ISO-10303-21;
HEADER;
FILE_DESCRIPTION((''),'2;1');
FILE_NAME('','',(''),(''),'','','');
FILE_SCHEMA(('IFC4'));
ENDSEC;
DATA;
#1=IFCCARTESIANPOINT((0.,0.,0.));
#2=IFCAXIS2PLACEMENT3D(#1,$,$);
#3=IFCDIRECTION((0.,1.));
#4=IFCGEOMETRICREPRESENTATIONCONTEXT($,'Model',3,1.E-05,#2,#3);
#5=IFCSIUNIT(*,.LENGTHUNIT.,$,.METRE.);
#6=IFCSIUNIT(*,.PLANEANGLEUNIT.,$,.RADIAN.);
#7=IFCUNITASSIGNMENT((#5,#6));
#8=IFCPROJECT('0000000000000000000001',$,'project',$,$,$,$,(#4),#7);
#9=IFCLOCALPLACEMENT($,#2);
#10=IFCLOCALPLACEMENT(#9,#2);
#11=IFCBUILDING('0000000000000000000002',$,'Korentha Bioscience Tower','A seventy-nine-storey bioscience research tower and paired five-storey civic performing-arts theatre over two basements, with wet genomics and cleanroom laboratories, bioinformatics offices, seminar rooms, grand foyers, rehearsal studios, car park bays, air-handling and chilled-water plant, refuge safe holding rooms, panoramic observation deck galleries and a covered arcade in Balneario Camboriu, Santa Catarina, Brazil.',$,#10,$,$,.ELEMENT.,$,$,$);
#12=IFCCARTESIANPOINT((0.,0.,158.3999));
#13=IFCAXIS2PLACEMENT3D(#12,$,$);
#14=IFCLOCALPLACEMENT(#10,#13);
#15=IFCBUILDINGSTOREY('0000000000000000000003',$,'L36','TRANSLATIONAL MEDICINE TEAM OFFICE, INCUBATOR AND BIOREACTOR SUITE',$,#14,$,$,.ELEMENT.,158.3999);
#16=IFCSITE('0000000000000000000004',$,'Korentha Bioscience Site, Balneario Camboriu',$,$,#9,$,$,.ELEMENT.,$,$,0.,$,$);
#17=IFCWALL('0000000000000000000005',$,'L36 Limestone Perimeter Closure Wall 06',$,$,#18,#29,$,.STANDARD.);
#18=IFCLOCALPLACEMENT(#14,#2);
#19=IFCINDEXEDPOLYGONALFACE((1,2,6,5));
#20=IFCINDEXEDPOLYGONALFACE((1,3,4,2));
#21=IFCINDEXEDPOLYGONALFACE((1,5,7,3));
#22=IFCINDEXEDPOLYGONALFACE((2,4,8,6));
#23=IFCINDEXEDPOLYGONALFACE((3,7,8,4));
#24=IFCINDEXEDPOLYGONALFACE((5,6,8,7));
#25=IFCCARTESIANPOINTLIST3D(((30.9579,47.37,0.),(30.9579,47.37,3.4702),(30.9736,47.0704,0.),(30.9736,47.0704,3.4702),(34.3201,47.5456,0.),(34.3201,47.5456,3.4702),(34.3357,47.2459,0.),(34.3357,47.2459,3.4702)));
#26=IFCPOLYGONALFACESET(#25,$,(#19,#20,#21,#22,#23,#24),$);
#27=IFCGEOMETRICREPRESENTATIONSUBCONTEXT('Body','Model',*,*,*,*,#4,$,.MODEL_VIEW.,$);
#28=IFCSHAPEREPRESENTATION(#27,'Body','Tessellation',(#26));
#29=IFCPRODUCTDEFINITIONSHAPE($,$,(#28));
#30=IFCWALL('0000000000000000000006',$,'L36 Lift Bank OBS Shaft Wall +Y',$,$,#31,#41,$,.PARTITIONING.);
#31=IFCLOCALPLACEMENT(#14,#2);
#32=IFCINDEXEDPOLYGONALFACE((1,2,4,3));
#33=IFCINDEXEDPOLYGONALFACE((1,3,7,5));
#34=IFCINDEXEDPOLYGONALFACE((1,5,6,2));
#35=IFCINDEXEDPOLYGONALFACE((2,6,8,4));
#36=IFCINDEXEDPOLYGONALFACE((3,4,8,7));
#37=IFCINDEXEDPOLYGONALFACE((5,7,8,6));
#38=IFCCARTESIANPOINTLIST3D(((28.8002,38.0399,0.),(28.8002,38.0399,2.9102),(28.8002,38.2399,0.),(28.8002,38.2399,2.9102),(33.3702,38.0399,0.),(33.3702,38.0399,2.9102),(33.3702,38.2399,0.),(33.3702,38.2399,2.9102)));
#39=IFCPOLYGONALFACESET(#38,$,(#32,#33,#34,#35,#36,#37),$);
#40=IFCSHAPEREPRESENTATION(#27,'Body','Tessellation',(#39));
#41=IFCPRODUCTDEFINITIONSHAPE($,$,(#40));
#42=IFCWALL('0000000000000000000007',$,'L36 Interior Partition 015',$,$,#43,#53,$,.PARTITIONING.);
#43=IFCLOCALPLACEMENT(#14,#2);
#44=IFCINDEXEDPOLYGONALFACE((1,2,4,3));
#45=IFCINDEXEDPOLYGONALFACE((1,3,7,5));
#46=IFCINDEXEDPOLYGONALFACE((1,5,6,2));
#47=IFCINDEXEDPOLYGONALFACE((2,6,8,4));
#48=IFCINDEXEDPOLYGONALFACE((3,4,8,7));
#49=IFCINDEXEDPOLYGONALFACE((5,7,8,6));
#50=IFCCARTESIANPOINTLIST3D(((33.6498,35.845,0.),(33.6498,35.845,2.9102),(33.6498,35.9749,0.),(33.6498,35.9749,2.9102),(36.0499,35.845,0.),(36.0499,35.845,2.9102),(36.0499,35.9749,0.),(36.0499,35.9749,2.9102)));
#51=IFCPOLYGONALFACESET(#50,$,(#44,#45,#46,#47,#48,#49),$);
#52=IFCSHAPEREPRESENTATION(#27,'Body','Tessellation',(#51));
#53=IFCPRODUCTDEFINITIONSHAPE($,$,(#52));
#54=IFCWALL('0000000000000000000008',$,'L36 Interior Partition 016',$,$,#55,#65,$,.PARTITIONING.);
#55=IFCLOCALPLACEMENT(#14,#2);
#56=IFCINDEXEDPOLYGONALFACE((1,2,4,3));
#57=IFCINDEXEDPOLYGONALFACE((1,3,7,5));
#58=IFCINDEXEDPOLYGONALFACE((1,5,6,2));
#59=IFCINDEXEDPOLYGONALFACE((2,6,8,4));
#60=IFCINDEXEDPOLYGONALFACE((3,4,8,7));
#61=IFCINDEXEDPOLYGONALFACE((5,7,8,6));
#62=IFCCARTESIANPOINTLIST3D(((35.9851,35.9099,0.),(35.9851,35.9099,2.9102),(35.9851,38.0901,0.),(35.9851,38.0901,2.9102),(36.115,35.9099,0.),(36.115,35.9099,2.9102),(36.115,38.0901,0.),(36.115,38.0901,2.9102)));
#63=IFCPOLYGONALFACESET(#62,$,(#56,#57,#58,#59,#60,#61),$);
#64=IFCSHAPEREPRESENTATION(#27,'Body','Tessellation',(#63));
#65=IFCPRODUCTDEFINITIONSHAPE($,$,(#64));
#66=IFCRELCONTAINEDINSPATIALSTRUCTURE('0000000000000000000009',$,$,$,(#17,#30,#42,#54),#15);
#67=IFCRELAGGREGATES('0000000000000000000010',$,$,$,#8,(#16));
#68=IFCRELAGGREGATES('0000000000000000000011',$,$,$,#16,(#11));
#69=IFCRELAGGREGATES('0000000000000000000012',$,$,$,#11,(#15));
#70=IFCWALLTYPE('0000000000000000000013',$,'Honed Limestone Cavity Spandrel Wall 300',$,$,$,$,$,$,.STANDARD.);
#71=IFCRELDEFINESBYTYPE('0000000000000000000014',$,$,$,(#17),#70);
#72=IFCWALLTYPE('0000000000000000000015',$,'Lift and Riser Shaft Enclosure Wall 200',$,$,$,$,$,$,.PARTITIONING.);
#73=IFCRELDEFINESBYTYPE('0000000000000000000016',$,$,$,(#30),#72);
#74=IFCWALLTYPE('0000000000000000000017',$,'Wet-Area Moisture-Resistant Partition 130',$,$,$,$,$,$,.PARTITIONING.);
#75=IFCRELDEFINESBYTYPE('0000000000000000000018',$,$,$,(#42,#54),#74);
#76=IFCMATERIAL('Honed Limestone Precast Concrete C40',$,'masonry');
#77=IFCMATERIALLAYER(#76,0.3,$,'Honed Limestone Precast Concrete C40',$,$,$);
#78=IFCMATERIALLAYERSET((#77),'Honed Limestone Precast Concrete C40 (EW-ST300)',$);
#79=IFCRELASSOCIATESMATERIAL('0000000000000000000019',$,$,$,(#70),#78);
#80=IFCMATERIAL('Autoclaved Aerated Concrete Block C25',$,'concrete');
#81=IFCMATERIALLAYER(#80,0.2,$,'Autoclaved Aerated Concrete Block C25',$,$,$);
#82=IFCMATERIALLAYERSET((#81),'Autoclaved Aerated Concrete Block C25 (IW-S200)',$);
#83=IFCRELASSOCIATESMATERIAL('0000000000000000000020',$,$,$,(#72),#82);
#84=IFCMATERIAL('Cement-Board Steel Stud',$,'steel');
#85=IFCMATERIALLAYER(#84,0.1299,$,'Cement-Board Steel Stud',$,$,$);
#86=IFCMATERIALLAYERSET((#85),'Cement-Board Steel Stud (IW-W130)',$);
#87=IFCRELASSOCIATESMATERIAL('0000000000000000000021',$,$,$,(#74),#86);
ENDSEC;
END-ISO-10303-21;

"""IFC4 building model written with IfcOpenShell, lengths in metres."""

from ifc_helpers import new_model, si_unit, direction, frame, frame_2d, origin, place, context, subcontext, project, spatial, rectangle, extrude, material, layer, layer_set, type_object, element, save


model = new_model("IFC4")

# Units and contexts
model_context = context("Model", 3, precision=1e-05, world=origin(), true_north=direction((0.0, 1.0)))
body_context = subcontext(model_context, "Body", "Model", "MODEL_VIEW")
ifc_project = project(units=[si_unit("LENGTHUNIT", "METRE"), si_unit("PLANEANGLEUNIT", "RADIAN")], contexts=[model_context])

# Site, building, storey
site_placement = place(None, origin())
site = spatial("IfcSite", under=ifc_project, at=site_placement, Name="Korentha Bioscience Site, Balneario Camboriu", CompositionType="ELEMENT", RefElevation=0.0)
building_placement = place(site_placement, origin())
building = spatial("IfcBuilding", under=site, at=building_placement, Name="Korentha Bioscience Tower", Description="A seventy-nine-storey bioscience research tower and paired five-storey civic performing-arts theatre over two basements, with wet genomics and cleanroom laboratories, bioinformatics offices, seminar rooms, grand foyers, rehearsal studios, car park bays, air-handling and chilled-water plant, refuge safe holding rooms, panoramic observation deck galleries and a covered arcade in Balneario Camboriu, Santa Catarina, Brazil.", CompositionType="ELEMENT")
storey_placement = place(building_placement, frame((0.0, 0.0, 158.3999)))
storey = spatial("IfcBuildingStorey", under=building, at=storey_placement, Name="L36", Description="TRANSLATIONAL MEDICINE TEAM OFFICE, INCUBATOR AND BIOREACTOR SUITE", CompositionType="ELEMENT", Elevation=158.3999)

# Shared definitions
ifc_material_1 = material(Name="Honed Limestone Precast Concrete C40", Category="masonry")
ifc_layer_1 = layer(ifc_material_1, 0.3, Name="Honed Limestone Precast Concrete C40")
ifc_layer_set_1 = layer_set([ifc_layer_1], Name="Honed Limestone Precast Concrete C40 (EW-ST300)")
wall_type_1 = type_object("IfcWallType", Name="Honed Limestone Cavity Spandrel Wall 300", PredefinedType="STANDARD", material=ifc_layer_set_1)

# Walls
wall_1_placement = place(storey_placement, frame((34.3279, 47.3958, 0.0), z_axis=(0.0, 0.0, 1.0), x_axis=(-0.99864, -0.05214, 0.0)))
element("IfcWall", 1, at=wall_1_placement, inside=storey, type_object=wall_type_1, Name="L36 Limestone Perimeter Closure Wall 06", PredefinedType="STANDARD", context=body_context, shape_type="SweptSolid", body=[
    extrude(rectangle(XDim=3.3667, YDim=0.3, at=frame_2d((1.6833, 0.0))), origin(), (0.0, 0.0, 1.0), 3.4702),
])
ifc_material_2 = material(Name="Autoclaved Aerated Concrete Block C25", Category="concrete")
ifc_layer_2 = layer(ifc_material_2, 0.2, Name="Autoclaved Aerated Concrete Block C25")
ifc_layer_set_2 = layer_set([ifc_layer_2], Name="Autoclaved Aerated Concrete Block C25 (IW-S200)")
wall_type_2 = type_object("IfcWallType", Name="Lift and Riser Shaft Enclosure Wall 200", PredefinedType="PARTITIONING", material=ifc_layer_set_2)
wall_2_placement = place(storey_placement, frame((28.8, 38.1399, 0.0), z_axis=(0.0, 0.0, 1.0), x_axis=(1.0, 0.0, 0.0)))
element("IfcWall", 2, at=wall_2_placement, inside=storey, type_object=wall_type_2, Name="L36 Lift Bank OBS Shaft Wall +Y", PredefinedType="PARTITIONING", context=body_context, shape_type="SweptSolid", body=[
    extrude(rectangle(XDim=4.5701, YDim=0.2, at=frame_2d((2.2852, 0.0))), origin(), (0.0, 0.0, 1.0), 2.9102),
])

# Shared definitions
ifc_material_3 = material(Name="Cement-Board Steel Stud", Category="steel")
ifc_layer_3 = layer(ifc_material_3, 0.1299, Name="Cement-Board Steel Stud")
ifc_layer_set_3 = layer_set([ifc_layer_3], Name="Cement-Board Steel Stud (IW-W130)")
wall_type_3 = type_object("IfcWallType", Name="Wet-Area Moisture-Resistant Partition 130", PredefinedType="PARTITIONING", material=ifc_layer_set_3)

# Walls
wall_3_placement = place(storey_placement, frame((36.05, 35.9099, 0.0), z_axis=(0.0, 0.0, 1.0), x_axis=(-1.0, 0.0, 0.0)))
element("IfcWall", 3, at=wall_3_placement, inside=storey, type_object=wall_type_3, Name="L36 Interior Partition 015", PredefinedType="PARTITIONING", context=body_context, shape_type="SweptSolid", body=[
    extrude(rectangle(XDim=2.4001, YDim=0.1299, at=frame_2d((1.2002, 0.0))), origin(), (0.0, 0.0, 1.0), 2.9102),
])
wall_4_placement = place(storey_placement, frame((36.05, 38.0901, 0.0), z_axis=(0.0, 0.0, 1.0), x_axis=(0.0, -1.0, 0.0)))
element("IfcWall", 4, at=wall_4_placement, inside=storey, type_object=wall_type_3, Name="L36 Interior Partition 016", PredefinedType="PARTITIONING", context=body_context, shape_type="SweptSolid", body=[
    extrude(rectangle(XDim=2.1802, YDim=0.1299, at=frame_2d((1.0901, 0.0))), origin(), (0.0, 0.0, 1.0), 2.9102),
])

save(model, "model.ifc")
